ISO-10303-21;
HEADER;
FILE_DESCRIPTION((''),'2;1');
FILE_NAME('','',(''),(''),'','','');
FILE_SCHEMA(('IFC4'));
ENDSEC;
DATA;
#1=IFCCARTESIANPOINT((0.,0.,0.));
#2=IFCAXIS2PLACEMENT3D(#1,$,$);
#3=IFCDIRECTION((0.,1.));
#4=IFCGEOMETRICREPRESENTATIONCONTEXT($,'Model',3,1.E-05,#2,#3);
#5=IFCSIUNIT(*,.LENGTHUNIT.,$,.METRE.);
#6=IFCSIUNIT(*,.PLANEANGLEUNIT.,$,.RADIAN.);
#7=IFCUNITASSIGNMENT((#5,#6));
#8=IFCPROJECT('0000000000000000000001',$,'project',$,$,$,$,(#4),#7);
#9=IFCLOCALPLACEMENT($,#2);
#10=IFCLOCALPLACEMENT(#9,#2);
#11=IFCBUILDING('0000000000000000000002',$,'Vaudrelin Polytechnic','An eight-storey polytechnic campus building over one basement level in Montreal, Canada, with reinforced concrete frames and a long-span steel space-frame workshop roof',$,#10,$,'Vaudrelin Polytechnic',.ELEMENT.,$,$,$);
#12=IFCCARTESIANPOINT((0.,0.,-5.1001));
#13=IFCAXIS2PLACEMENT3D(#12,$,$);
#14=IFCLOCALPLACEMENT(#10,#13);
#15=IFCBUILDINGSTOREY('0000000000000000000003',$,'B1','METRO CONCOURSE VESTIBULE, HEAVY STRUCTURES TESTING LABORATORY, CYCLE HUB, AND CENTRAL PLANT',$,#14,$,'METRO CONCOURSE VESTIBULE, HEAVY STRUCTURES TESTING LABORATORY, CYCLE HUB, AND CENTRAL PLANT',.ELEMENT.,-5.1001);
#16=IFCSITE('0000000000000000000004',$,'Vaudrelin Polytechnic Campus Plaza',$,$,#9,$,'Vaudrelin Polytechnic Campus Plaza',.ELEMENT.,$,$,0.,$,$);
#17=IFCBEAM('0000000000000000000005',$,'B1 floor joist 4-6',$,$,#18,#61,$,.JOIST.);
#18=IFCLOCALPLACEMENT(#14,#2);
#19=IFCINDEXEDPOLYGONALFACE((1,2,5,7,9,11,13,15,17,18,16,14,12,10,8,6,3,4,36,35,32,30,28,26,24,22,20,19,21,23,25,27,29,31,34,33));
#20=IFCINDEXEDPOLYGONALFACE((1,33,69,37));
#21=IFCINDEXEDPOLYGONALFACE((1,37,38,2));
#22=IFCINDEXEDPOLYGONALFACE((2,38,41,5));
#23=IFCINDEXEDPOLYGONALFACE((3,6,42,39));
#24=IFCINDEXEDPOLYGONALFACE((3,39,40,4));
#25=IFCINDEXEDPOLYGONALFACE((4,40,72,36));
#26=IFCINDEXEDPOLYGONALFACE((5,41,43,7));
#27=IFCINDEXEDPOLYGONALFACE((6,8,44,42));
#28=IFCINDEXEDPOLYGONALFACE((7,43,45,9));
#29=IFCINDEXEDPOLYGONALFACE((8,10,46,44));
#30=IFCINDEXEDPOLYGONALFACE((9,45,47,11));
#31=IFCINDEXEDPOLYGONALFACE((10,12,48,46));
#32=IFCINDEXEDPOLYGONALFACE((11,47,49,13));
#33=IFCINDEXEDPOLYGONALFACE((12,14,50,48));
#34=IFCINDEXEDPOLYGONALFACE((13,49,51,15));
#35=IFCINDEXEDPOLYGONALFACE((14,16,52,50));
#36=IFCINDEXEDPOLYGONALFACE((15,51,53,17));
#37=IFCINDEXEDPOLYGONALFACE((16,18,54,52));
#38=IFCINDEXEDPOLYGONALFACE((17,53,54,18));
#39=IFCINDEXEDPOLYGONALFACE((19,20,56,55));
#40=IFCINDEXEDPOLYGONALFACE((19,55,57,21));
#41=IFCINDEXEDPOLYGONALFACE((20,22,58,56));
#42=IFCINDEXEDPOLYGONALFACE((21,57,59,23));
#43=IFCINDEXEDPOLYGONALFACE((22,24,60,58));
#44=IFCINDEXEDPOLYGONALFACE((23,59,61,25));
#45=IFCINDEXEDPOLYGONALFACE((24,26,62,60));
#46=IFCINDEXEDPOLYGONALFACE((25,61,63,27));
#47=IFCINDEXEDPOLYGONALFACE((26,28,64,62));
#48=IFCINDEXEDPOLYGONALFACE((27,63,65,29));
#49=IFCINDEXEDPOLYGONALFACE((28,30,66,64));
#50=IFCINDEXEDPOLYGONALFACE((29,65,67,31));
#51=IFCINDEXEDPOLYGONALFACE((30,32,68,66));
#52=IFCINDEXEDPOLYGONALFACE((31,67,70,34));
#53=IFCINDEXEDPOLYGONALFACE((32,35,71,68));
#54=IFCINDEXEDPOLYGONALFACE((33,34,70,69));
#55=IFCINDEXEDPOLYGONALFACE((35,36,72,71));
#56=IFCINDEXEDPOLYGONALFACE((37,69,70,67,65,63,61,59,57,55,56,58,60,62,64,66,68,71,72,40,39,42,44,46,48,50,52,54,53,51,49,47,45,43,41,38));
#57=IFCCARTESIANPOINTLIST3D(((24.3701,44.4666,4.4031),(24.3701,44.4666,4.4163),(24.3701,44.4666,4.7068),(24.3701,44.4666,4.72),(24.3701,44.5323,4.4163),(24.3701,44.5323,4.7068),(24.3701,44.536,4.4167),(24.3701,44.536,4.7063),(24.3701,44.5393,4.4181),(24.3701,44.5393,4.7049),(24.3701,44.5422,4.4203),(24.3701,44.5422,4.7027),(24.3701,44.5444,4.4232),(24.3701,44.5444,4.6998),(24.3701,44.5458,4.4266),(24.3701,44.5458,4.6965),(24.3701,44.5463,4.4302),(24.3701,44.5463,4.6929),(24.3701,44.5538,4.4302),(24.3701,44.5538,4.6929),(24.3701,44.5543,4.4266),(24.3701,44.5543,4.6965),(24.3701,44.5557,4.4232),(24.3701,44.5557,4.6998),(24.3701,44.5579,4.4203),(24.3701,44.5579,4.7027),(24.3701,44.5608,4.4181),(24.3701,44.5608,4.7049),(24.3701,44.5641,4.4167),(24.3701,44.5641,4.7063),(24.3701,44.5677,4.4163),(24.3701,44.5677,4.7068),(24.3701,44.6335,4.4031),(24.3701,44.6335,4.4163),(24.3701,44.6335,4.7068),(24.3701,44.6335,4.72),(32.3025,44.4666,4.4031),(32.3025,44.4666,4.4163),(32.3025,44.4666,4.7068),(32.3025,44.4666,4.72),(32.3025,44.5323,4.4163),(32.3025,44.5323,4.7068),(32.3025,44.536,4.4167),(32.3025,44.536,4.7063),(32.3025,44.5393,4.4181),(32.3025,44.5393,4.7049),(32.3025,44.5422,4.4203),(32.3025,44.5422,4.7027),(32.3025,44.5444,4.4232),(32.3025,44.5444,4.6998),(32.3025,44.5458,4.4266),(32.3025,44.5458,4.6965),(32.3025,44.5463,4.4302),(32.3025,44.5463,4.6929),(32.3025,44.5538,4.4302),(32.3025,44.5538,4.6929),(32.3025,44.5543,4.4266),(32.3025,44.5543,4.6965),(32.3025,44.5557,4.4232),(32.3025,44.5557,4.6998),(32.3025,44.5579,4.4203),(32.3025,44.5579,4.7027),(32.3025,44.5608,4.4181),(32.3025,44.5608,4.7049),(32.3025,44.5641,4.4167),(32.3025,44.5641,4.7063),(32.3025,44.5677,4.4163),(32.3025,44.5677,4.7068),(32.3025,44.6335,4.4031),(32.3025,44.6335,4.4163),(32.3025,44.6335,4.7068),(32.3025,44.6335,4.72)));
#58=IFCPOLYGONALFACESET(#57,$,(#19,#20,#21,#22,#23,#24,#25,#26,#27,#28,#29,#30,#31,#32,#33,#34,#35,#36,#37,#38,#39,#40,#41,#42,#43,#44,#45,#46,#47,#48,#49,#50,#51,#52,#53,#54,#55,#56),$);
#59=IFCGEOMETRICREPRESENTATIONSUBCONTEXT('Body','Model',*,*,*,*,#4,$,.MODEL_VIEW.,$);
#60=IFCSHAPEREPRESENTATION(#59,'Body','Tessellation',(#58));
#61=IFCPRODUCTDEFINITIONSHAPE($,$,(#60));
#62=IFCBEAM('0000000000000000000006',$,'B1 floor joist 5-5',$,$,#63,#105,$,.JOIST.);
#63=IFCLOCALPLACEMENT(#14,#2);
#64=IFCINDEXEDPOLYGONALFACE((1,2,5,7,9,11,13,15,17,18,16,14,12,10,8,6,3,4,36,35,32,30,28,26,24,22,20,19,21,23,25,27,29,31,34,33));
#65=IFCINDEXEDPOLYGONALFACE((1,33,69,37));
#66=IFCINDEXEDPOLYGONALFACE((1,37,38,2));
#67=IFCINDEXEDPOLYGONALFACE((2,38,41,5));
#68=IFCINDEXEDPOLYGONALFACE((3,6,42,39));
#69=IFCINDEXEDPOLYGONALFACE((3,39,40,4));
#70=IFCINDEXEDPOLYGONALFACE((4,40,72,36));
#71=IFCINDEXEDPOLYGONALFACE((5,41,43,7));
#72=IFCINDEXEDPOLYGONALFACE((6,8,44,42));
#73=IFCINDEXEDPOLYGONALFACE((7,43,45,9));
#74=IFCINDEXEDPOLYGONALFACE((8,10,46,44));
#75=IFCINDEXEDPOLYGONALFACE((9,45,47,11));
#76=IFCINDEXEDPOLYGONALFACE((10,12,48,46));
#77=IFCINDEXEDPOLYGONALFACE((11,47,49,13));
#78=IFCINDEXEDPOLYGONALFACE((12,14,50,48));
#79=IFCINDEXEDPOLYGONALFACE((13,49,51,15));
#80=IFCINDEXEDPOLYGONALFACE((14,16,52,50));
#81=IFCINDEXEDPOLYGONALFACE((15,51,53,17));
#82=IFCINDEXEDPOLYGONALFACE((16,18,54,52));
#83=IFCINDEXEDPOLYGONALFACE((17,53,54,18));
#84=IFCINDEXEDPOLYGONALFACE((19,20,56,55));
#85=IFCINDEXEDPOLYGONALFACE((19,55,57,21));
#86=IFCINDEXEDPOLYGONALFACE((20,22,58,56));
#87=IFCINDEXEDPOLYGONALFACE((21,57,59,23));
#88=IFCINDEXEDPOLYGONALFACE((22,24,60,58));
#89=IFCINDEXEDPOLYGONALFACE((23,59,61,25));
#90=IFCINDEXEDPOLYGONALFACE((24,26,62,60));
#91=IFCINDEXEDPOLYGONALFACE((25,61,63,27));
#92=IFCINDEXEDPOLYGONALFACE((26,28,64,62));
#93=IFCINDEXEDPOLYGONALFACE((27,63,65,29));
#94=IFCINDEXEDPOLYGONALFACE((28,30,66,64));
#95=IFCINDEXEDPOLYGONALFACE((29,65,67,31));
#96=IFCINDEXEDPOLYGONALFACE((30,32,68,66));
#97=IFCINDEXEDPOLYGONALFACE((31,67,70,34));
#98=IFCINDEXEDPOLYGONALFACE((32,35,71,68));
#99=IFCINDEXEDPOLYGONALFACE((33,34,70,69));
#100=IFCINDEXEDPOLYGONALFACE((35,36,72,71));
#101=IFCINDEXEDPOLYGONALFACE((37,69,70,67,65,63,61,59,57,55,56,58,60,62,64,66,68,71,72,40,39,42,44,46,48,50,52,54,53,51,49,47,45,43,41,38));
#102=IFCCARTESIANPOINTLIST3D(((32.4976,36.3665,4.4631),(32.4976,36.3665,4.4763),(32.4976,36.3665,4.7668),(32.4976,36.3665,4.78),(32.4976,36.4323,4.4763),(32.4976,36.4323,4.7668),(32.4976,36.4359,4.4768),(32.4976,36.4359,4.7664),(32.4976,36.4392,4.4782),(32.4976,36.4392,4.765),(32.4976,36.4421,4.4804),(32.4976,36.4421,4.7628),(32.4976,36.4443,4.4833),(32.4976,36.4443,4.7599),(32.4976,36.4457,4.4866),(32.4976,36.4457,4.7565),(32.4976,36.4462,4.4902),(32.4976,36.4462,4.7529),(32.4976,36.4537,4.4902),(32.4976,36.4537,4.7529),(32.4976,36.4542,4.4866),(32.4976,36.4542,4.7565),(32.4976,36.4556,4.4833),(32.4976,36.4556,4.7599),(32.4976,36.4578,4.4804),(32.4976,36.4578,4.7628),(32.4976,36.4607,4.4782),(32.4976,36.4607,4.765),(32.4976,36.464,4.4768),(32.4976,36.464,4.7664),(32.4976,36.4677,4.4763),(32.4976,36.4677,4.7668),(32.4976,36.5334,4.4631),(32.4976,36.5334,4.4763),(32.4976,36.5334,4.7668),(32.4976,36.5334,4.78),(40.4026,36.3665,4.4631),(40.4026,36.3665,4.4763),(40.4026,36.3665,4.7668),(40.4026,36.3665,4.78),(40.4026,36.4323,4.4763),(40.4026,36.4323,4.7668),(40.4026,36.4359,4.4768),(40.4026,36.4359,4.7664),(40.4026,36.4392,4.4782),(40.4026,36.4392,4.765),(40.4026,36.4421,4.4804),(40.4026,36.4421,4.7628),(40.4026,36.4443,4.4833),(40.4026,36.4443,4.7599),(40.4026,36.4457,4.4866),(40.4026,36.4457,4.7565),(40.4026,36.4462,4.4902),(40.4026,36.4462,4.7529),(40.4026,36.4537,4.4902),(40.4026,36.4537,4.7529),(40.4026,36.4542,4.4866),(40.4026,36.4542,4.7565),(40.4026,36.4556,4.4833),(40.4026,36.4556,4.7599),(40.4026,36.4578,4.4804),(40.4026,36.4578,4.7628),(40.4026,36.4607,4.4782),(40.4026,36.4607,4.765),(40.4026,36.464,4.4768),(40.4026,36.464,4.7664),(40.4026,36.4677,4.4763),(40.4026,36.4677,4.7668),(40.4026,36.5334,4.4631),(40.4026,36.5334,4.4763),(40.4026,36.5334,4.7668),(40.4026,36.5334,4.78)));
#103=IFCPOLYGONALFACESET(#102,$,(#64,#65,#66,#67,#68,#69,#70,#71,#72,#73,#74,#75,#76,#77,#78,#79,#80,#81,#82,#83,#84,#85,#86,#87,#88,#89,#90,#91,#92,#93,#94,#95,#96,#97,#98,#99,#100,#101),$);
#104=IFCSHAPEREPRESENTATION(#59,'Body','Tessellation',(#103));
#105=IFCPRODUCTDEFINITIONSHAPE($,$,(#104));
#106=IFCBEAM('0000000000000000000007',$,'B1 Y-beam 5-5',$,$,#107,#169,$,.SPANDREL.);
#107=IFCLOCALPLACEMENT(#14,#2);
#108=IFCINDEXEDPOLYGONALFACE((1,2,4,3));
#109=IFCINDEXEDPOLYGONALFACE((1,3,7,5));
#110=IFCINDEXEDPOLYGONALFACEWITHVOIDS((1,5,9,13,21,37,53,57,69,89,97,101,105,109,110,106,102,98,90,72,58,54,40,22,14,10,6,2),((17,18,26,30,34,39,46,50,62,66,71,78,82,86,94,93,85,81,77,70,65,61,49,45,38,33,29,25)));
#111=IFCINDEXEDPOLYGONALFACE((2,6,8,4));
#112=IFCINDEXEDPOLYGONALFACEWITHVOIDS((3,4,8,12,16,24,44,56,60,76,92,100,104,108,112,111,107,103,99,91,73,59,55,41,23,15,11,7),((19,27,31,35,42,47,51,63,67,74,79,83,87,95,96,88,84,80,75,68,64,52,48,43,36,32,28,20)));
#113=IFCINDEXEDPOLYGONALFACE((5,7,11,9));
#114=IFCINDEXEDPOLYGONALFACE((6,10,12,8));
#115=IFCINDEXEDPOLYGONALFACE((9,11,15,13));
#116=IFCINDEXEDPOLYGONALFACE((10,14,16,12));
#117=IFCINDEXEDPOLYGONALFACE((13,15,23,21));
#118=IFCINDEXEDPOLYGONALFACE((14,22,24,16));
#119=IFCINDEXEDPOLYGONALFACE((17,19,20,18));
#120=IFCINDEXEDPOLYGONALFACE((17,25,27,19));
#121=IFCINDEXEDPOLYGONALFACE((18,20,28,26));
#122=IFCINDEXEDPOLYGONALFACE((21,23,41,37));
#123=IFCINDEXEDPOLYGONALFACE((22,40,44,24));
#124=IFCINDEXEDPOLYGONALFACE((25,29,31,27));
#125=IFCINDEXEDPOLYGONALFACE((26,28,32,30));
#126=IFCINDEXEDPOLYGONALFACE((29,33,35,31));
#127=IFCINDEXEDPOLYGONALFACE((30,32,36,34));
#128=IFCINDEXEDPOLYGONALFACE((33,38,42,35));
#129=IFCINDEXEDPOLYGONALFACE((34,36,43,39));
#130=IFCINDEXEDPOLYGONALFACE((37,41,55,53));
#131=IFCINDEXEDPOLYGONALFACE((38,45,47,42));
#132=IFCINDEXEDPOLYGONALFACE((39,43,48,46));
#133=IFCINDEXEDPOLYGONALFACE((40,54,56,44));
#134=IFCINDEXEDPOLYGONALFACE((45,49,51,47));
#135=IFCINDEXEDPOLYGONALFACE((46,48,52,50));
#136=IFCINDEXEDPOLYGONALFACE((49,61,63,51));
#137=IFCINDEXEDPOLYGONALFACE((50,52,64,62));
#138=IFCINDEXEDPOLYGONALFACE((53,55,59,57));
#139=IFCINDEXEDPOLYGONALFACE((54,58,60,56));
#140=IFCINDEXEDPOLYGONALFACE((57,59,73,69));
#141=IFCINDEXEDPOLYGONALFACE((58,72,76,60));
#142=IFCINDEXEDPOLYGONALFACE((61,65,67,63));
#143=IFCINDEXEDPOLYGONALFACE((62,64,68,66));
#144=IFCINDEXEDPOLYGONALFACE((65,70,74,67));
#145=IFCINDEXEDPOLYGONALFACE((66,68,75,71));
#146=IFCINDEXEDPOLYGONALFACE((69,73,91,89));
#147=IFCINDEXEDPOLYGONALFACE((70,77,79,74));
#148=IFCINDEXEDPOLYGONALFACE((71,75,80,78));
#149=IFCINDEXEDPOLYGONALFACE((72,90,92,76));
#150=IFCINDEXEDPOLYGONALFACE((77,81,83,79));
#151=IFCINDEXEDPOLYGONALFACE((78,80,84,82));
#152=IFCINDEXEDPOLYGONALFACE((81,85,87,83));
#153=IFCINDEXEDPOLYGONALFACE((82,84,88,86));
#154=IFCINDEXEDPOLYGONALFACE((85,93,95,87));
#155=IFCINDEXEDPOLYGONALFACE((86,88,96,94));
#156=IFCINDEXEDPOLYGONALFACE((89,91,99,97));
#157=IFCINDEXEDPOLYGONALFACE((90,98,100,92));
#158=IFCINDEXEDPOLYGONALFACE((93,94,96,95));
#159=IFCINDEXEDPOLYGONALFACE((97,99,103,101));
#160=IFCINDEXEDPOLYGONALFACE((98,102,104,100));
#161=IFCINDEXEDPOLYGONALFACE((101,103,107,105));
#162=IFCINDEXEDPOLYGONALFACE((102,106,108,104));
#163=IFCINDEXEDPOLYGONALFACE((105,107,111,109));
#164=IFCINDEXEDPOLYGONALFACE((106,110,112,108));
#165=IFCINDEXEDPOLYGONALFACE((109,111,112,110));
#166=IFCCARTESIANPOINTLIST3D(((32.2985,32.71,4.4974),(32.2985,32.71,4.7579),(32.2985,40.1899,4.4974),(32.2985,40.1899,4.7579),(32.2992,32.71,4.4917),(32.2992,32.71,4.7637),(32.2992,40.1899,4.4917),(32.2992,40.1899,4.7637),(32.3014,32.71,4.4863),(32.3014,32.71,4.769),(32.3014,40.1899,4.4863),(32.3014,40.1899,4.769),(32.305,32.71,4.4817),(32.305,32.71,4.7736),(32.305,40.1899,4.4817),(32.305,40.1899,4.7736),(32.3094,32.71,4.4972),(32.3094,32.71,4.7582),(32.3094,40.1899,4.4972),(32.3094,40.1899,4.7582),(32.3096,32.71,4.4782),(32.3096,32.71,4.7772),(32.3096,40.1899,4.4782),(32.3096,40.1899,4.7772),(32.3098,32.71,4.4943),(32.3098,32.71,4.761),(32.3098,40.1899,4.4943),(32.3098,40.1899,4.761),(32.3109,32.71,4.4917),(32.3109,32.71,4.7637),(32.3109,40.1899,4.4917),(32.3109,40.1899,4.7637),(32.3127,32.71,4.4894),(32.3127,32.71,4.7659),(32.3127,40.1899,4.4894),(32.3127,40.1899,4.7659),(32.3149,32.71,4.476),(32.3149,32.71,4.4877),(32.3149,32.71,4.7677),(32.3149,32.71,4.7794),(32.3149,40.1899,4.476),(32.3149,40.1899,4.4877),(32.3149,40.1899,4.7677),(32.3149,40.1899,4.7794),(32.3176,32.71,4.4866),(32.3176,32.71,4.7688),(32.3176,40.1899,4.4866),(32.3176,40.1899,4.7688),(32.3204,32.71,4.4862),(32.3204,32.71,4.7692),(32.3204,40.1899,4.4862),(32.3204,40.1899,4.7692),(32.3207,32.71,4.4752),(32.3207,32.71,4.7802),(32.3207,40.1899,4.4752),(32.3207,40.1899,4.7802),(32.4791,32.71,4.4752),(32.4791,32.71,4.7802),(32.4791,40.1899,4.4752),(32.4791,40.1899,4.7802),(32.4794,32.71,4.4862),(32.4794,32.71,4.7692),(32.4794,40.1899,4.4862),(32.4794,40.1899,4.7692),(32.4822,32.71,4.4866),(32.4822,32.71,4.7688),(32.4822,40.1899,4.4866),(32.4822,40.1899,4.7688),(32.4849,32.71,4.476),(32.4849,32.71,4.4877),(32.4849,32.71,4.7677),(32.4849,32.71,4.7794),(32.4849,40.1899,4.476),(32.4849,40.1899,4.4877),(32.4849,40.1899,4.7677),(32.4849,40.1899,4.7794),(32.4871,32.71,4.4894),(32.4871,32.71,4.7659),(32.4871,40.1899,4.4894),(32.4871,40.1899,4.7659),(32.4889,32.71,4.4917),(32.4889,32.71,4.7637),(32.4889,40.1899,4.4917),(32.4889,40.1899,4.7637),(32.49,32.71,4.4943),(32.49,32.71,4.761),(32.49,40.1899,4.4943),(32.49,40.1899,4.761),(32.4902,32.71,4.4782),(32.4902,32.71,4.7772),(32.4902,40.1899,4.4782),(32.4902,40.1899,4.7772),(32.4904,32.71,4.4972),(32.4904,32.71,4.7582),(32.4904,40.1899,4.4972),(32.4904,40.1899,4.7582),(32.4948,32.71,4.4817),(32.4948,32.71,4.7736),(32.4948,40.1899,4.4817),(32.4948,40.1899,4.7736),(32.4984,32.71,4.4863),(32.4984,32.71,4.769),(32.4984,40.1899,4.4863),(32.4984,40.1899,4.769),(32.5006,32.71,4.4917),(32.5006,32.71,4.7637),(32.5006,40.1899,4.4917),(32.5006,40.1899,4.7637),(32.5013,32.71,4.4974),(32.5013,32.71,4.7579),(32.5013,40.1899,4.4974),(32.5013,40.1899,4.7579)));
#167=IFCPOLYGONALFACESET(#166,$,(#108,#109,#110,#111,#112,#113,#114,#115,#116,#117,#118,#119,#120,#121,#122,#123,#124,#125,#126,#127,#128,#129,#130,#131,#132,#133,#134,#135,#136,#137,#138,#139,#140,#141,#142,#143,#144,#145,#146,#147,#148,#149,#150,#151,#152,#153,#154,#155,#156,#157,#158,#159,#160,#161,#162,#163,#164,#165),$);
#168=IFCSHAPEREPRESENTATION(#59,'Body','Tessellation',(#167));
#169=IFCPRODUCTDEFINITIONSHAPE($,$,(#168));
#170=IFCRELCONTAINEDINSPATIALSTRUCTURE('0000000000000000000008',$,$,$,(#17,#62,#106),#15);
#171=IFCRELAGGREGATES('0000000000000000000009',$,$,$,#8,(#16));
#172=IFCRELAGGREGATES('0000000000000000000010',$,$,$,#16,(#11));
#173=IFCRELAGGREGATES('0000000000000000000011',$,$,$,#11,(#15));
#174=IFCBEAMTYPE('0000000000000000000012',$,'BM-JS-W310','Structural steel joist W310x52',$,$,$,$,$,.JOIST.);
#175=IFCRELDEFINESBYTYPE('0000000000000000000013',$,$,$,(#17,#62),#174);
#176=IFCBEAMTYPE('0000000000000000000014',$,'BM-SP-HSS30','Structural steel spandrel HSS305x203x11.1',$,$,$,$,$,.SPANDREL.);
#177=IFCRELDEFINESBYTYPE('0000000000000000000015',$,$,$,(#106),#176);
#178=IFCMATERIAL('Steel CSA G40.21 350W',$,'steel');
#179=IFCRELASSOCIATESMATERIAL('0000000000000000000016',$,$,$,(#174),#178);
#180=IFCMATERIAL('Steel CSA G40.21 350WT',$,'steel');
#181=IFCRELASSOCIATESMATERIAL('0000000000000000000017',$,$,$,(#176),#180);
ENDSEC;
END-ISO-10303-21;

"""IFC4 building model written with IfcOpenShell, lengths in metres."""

from ifc_helpers import new_model, si_unit, direction, frame, origin, origin_2d, place, context, subcontext, project, spatial, hollow_rectangle, i_section, extrude, material, material_profile, profile_set, type_object, element, save


model = new_model("IFC4")

# Units and contexts
model_context = context("Model", 3, precision=1e-05, world=origin(), true_north=direction((0.0, 1.0)))
body_context = subcontext(model_context, "Body", "Model", "MODEL_VIEW")
ifc_project = project(units=[si_unit("LENGTHUNIT", "METRE"), si_unit("PLANEANGLEUNIT", "RADIAN")], contexts=[model_context])

# Site, building, storey
site_placement = place(None, origin())
site = spatial("IfcSite", under=ifc_project, at=site_placement, Name="Vaudrelin Polytechnic Campus Plaza", LongName="Vaudrelin Polytechnic Campus Plaza", CompositionType="ELEMENT", RefElevation=0.0)
building_placement = place(site_placement, origin())
building = spatial("IfcBuilding", under=site, at=building_placement, Name="Vaudrelin Polytechnic", Description="An eight-storey polytechnic campus building over one basement level in Montreal, Canada, with reinforced concrete frames and a long-span steel space-frame workshop roof", LongName="Vaudrelin Polytechnic", CompositionType="ELEMENT")
storey_placement = place(building_placement, frame((0.0, 0.0, -5.1001)))
storey = spatial("IfcBuildingStorey", under=building, at=storey_placement, Name="B1", Description="METRO CONCOURSE VESTIBULE, HEAVY STRUCTURES TESTING LABORATORY, CYCLE HUB, AND CENTRAL PLANT", LongName="METRO CONCOURSE VESTIBULE, HEAVY STRUCTURES TESTING LABORATORY, CYCLE HUB, AND CENTRAL PLANT", CompositionType="ELEMENT", Elevation=-5.1001)

# Beams
ifc_material_1 = material(Name="Steel CSA G40.21 350W", Category="steel")
ifc_material_profile_1 = material_profile(ifc_material_1, i_section(OverallWidth=0.167, OverallDepth=0.3169, WebThickness=0.0076, FlangeThickness=0.0132, FilletRadius=0.0139, at=origin_2d()), Name="W310x52")
ifc_profile_set_1 = profile_set([ifc_material_profile_1], Name="Steel CSA G40.21 350W")
beam_type_1 = type_object("IfcBeamType", Name="BM-JS-W310", Description="Structural steel joist W310x52", PredefinedType="JOIST", material=ifc_profile_set_1)
beam_1_placement = place(storey_placement, frame((24.3701, 44.55, 4.5615), z_axis=(1.0, 0.0, 0.0), x_axis=(0.0, 1.0, 0.0)))
element("IfcBeam", 1, at=beam_1_placement, inside=storey, type_object=beam_type_1, Name="B1 floor joist 4-6", PredefinedType="JOIST", context=body_context, shape_type="SweptSolid", body=[
    extrude(i_section(OverallWidth=0.167, OverallDepth=0.3169, WebThickness=0.0076, FlangeThickness=0.0132, FilletRadius=0.0139, at=origin_2d()), origin(), (0.0, 0.0, 1.0), 7.9324),
])
beam_2_placement = place(storey_placement, frame((32.4976, 36.45, 4.6216), z_axis=(1.0, 0.0, 0.0), x_axis=(0.0, 1.0, 0.0)))
element("IfcBeam", 2, at=beam_2_placement, inside=storey, type_object=beam_type_1, Name="B1 floor joist 5-5", PredefinedType="JOIST", context=body_context, shape_type="SweptSolid", body=[
    extrude(i_section(OverallWidth=0.167, OverallDepth=0.3169, WebThickness=0.0076, FlangeThickness=0.0132, FilletRadius=0.0139, at=origin_2d()), origin(), (0.0, 0.0, 1.0), 7.905),
])
ifc_material_2 = material(Name="Steel CSA G40.21 350WT", Category="steel")
ifc_material_profile_2 = material_profile(ifc_material_2, hollow_rectangle(XDim=0.2029, YDim=0.3049, WallThickness=0.011, InnerFilletRadius=0.011, OuterFilletRadius=0.0222, at=origin_2d()), Name="HSS305x203x11.1")
ifc_profile_set_2 = profile_set([ifc_material_profile_2], Name="Steel CSA G40.21 350WT")
beam_type_2 = type_object("IfcBeamType", Name="BM-SP-HSS30", Description="Structural steel spandrel HSS305x203x11.1", PredefinedType="SPANDREL", material=ifc_profile_set_2)
beam_3_placement = place(storey_placement, frame((32.3999, 32.71, 4.6277), z_axis=(0.0, 1.0, 0.0), x_axis=(-1.0, 0.0, 0.0)))
element("IfcBeam", 3, at=beam_3_placement, inside=storey, type_object=beam_type_2, Name="B1 Y-beam 5-5", PredefinedType="SPANDREL", context=body_context, shape_type="SweptSolid", body=[
    extrude(hollow_rectangle(XDim=0.2029, YDim=0.3049, WallThickness=0.011, InnerFilletRadius=0.011, OuterFilletRadius=0.0222, at=origin_2d()), origin(), (0.0, 0.0, 1.0), 7.48),
])

save(model, "model.ifc")
